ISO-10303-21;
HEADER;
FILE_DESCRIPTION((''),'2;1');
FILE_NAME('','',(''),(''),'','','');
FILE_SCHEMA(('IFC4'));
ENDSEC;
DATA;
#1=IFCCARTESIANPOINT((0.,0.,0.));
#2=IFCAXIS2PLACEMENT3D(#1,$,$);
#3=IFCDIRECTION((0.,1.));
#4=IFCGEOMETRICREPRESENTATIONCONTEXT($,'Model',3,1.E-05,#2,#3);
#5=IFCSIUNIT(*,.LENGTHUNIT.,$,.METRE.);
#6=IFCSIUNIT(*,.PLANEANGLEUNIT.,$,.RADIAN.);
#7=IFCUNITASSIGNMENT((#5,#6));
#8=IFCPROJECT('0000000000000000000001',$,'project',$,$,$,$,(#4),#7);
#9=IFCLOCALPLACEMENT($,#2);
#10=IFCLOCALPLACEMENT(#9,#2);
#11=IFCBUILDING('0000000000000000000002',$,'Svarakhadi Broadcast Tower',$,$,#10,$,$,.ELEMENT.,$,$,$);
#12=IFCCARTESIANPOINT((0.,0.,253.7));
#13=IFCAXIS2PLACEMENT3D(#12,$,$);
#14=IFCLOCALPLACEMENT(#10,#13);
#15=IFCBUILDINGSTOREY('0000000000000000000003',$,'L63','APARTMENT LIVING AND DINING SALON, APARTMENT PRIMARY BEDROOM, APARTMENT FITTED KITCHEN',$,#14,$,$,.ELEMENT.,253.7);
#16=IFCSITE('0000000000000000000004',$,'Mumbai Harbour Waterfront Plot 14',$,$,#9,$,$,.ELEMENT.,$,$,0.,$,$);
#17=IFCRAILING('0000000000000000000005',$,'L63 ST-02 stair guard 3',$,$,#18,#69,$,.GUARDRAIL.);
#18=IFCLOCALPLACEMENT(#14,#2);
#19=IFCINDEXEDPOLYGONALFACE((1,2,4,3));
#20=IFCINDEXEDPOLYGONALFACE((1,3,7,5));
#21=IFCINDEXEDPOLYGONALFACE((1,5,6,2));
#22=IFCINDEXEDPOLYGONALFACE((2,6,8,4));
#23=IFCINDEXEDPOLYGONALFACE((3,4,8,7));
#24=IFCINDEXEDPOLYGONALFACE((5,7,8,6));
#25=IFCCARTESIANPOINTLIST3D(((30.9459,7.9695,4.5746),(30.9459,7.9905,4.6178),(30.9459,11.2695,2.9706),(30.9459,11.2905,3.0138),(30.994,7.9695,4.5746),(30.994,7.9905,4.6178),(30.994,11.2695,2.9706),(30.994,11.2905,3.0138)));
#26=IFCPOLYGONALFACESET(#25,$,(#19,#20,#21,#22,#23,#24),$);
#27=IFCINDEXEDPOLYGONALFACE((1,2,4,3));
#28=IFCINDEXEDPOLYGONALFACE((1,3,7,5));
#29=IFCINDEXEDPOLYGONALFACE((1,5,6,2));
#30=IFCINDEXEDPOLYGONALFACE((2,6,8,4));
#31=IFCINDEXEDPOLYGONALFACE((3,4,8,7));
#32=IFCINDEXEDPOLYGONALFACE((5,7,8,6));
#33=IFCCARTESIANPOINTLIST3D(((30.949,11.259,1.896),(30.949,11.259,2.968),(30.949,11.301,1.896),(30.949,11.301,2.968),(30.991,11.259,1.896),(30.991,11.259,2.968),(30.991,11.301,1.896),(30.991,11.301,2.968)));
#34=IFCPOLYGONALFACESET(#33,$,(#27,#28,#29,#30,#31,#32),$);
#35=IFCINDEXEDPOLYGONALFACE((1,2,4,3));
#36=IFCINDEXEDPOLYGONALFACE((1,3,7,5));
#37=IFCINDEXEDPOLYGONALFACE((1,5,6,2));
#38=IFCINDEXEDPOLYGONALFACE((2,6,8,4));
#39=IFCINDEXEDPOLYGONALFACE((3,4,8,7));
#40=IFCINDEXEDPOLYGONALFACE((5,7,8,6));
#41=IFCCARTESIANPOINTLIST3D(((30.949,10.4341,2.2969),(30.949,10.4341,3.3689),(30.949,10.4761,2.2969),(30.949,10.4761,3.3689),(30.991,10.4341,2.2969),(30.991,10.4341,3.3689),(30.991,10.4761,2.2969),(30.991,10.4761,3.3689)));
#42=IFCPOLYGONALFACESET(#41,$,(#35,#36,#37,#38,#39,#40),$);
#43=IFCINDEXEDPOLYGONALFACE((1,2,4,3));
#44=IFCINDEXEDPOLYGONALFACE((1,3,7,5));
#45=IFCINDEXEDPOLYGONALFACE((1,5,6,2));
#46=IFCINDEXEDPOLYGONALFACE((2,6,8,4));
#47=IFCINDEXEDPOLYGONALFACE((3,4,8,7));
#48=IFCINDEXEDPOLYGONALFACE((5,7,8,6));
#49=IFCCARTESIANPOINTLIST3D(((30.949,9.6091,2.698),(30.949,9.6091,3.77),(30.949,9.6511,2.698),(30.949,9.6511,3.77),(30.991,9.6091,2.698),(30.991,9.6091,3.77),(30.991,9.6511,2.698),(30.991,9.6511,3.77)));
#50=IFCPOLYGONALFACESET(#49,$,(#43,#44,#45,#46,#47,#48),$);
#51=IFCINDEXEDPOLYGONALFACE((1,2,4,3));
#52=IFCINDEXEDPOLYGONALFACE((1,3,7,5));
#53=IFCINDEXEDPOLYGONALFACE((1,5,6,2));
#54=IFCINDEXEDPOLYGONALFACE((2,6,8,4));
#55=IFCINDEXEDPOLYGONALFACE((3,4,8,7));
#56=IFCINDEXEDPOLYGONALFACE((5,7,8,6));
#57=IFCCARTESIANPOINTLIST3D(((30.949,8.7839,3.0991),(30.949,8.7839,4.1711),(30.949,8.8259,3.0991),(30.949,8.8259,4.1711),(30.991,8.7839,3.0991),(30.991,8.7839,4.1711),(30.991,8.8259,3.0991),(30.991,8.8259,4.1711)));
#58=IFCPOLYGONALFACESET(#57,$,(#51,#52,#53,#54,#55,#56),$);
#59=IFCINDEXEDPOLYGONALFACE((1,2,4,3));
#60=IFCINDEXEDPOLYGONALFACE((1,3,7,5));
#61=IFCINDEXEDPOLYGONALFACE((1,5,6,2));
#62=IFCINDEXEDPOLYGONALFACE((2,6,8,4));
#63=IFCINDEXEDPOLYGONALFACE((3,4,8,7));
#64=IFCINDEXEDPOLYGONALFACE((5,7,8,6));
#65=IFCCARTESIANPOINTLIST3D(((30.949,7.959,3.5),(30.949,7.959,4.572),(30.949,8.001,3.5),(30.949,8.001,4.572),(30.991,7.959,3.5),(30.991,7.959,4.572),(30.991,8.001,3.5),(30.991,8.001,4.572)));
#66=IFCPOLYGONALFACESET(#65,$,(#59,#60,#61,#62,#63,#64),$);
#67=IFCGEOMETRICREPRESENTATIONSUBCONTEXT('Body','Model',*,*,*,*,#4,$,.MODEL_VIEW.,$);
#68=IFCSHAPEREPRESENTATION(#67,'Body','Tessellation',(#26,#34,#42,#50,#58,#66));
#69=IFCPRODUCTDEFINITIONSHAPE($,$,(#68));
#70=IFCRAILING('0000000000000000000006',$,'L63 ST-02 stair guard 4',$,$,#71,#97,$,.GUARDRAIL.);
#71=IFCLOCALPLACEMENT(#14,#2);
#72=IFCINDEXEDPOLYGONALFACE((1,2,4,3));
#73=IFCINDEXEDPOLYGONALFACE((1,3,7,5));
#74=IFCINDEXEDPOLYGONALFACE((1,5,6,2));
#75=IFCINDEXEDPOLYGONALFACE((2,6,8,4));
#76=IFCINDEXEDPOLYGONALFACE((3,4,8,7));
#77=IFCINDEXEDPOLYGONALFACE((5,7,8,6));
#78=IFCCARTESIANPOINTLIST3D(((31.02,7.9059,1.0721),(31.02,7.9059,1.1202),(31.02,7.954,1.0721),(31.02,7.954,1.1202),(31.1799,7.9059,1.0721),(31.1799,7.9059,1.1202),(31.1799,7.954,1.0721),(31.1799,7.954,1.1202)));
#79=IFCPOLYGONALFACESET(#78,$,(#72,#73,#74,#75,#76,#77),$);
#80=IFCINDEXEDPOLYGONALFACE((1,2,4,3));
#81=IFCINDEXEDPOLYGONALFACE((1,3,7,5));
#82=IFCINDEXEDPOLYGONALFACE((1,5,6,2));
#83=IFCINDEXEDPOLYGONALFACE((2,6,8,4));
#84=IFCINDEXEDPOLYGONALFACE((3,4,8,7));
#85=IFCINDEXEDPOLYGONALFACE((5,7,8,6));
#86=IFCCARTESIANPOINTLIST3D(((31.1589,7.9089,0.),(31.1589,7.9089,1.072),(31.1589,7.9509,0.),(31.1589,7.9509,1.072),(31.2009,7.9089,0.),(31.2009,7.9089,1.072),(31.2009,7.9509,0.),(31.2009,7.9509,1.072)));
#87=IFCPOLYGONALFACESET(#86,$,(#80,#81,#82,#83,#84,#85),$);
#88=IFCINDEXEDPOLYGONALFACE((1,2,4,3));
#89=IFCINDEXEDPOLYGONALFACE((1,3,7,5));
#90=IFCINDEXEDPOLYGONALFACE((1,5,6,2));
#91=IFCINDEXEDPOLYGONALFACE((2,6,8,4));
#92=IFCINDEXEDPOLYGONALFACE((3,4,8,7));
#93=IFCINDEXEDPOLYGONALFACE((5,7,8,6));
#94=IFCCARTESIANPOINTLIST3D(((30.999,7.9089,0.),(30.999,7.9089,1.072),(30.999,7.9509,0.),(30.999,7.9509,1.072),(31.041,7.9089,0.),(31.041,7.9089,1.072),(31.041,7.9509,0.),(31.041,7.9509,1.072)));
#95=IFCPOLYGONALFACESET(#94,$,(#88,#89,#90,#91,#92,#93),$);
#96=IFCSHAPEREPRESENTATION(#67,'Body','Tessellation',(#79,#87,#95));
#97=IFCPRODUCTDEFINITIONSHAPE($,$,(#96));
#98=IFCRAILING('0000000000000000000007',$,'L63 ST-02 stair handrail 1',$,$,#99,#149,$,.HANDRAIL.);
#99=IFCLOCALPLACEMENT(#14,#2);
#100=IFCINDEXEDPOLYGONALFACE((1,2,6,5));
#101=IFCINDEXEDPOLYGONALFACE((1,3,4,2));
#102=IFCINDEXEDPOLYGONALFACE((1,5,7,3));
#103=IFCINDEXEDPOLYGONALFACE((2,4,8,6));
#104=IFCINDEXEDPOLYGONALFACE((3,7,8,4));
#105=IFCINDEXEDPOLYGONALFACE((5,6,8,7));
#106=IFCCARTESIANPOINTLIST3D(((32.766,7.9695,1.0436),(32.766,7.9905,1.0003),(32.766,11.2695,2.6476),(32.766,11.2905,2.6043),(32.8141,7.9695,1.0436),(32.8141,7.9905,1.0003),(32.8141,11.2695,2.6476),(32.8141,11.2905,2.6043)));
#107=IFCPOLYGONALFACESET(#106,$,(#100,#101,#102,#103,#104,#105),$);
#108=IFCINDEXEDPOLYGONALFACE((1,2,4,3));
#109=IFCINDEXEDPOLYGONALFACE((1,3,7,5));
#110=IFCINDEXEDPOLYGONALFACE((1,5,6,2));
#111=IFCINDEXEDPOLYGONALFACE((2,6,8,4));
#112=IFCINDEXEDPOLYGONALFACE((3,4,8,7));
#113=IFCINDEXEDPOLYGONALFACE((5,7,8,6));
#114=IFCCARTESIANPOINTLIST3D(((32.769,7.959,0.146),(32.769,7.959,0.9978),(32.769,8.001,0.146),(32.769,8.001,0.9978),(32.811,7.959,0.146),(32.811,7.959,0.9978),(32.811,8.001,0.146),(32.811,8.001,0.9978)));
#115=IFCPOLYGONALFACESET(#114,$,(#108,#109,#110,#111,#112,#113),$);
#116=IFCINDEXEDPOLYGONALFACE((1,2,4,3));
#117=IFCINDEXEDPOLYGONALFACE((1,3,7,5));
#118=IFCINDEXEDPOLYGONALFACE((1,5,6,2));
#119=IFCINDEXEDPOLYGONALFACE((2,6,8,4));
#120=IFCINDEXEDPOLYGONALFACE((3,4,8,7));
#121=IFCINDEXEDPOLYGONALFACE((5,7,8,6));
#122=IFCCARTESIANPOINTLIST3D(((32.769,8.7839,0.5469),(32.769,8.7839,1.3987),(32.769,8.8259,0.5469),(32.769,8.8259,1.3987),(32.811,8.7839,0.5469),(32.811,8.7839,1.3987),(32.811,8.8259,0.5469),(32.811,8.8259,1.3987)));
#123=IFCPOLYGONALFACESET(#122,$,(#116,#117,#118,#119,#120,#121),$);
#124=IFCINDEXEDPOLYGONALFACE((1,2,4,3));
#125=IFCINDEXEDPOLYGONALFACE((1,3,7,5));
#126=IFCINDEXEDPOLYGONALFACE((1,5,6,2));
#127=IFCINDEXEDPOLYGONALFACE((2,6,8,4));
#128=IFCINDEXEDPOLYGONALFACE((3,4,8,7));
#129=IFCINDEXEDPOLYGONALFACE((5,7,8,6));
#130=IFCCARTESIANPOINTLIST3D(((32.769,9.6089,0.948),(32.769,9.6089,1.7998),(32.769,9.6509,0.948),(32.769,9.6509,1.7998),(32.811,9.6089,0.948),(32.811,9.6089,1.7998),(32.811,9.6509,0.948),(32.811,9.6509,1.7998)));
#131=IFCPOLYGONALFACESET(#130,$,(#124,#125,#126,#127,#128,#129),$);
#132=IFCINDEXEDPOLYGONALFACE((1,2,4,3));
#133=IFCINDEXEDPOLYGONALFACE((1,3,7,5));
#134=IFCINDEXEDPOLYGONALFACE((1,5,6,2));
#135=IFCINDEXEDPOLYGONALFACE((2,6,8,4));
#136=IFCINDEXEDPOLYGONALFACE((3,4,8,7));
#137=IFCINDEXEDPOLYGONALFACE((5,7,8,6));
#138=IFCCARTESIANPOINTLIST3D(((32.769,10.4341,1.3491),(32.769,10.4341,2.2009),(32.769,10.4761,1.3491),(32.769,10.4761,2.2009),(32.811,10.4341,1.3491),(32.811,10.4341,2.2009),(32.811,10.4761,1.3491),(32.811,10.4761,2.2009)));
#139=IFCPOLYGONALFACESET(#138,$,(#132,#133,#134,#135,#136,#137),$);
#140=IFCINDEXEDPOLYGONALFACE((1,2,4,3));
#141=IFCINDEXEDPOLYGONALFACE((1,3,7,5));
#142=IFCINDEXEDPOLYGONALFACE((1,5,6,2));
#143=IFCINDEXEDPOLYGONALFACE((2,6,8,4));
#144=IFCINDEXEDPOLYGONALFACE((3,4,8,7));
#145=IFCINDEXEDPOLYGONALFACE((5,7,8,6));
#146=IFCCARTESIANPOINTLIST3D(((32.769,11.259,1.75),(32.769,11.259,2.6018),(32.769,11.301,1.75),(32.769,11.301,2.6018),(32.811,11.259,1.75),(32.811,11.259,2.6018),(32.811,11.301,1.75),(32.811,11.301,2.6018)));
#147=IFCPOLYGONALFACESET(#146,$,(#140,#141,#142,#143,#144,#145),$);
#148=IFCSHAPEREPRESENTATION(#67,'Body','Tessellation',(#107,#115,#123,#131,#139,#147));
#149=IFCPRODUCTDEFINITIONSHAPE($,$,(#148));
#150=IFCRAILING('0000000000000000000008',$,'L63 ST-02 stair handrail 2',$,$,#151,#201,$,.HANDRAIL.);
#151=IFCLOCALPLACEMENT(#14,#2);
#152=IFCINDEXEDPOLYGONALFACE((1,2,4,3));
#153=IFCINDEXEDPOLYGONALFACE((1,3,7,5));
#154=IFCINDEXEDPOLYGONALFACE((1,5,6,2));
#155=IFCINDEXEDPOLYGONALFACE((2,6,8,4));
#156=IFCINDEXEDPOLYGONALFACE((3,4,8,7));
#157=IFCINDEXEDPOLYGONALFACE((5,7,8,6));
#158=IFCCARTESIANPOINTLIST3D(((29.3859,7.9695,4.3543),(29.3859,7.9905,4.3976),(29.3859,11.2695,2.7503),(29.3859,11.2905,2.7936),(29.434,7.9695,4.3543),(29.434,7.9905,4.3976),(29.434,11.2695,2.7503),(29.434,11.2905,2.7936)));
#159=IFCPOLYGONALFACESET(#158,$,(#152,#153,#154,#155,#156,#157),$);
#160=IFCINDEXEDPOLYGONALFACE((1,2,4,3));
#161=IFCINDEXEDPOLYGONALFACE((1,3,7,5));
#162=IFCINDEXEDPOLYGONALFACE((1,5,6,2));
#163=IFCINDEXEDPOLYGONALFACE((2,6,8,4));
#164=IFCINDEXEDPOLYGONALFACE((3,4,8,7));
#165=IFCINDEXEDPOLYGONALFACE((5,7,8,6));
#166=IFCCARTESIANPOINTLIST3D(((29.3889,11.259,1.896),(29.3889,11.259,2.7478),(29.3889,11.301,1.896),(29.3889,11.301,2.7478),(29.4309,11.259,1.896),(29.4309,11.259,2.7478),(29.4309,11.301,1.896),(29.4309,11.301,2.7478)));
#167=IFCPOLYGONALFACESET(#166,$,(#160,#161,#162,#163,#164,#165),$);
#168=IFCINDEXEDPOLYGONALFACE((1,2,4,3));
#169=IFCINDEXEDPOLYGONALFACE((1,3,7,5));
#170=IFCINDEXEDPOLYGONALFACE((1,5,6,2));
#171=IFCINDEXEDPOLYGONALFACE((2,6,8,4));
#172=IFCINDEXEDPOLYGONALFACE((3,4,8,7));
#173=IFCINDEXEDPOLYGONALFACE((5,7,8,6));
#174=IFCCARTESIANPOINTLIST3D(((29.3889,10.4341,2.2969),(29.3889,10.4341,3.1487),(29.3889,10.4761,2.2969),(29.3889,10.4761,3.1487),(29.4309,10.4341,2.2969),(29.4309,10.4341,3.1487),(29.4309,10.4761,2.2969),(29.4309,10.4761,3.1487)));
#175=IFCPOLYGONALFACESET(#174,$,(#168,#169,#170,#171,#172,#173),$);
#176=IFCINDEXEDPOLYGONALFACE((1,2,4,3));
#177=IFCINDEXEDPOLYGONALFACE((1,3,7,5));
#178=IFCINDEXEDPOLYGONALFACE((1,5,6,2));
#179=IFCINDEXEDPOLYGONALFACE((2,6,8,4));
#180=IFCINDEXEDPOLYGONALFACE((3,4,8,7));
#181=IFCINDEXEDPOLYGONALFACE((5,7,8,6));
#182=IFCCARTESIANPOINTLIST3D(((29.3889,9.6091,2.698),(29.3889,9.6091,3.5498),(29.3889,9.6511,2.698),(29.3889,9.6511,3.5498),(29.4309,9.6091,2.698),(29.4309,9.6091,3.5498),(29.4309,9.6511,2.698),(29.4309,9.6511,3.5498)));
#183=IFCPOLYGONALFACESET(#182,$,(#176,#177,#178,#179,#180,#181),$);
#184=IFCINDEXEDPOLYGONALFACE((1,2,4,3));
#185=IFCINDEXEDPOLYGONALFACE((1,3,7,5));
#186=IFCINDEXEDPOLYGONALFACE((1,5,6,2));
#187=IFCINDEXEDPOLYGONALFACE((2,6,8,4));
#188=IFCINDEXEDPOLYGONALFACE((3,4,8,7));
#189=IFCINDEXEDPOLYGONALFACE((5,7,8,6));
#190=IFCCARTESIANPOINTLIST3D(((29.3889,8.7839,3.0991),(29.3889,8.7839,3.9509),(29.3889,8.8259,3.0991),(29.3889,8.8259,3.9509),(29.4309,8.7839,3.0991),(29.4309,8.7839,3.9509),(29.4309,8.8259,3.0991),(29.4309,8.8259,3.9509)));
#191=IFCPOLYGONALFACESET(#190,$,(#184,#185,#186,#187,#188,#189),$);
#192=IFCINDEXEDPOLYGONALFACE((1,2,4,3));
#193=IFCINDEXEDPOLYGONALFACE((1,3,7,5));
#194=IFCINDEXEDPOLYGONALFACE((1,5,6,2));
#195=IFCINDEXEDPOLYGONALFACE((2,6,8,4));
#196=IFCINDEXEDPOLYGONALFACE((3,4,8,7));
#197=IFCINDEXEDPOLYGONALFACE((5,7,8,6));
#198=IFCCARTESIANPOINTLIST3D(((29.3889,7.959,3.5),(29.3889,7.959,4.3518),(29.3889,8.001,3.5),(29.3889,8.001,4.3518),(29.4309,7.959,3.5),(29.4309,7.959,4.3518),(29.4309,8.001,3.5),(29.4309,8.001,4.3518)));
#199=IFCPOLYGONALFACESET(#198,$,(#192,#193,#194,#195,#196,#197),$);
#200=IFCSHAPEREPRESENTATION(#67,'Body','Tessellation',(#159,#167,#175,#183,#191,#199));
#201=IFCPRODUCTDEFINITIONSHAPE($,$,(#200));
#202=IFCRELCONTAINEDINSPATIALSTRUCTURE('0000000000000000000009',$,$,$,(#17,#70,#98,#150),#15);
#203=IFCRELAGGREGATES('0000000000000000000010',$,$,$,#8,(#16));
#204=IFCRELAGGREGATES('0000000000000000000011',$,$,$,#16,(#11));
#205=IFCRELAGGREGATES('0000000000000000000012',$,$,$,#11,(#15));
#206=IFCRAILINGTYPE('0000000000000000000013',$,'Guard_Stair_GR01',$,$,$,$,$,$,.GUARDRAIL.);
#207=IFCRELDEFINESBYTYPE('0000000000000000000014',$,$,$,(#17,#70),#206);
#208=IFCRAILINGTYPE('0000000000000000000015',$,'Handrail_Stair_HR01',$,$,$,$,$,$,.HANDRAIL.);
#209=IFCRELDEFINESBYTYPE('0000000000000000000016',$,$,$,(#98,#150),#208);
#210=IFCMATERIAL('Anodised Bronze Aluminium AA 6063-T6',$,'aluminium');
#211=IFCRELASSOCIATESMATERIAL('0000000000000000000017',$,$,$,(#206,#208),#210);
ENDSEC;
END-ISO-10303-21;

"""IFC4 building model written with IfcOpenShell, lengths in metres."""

from ifc_helpers import new_model, si_unit, direction, frame, origin, origin_2d, place, context, subcontext, project, spatial, rectangle, extrude, material, type_object, element, save


model = new_model("IFC4")

# Units and contexts
model_context = context("Model", 3, precision=1e-05, world=origin(), true_north=direction((0.0, 1.0)))
body_context = subcontext(model_context, "Body", "Model", "MODEL_VIEW")
ifc_project = project(units=[si_unit("LENGTHUNIT", "METRE"), si_unit("PLANEANGLEUNIT", "RADIAN")], contexts=[model_context])

# Site, building, storey
site_placement = place(None, origin())
site = spatial("IfcSite", under=ifc_project, at=site_placement, Name="Mumbai Harbour Waterfront Plot 14", CompositionType="ELEMENT", RefElevation=0.0)
building_placement = place(site_placement, origin())
building = spatial("IfcBuilding", under=site, at=building_placement, Name="Svarakhadi Broadcast Tower", CompositionType="ELEMENT")
storey_placement = place(building_placement, frame((0.0, 0.0, 253.7)))
storey = spatial("IfcBuildingStorey", under=building, at=storey_placement, Name="L63", Description="APARTMENT LIVING AND DINING SALON, APARTMENT PRIMARY BEDROOM, APARTMENT FITTED KITCHEN", CompositionType="ELEMENT", Elevation=253.7)

# Shared definitions
ifc_material_1 = material(Name="Anodised Bronze Aluminium AA 6063-T6", Category="aluminium")

# Railings
railing_type_1 = type_object("IfcRailingType", Name="Guard_Stair_GR01", PredefinedType="GUARDRAIL", material=ifc_material_1)
railing_1_placement = place(storey_placement, frame((30.97, 11.28, 1.896)))
element("IfcRailing", 1, at=railing_1_placement, inside=storey, type_object=railing_type_1, Name="L63 ST-02 stair guard 3", PredefinedType="GUARDRAIL", context=body_context, shape_type="SweptSolid", body=[
    extrude(rectangle(XDim=0.0481, YDim=0.0481, at=origin_2d()), frame((0.0, 0.0, 1.0962), z_axis=(0.0, -0.899388, 0.437152), x_axis=(1.0, 0.0, 0.0)), (0.0, 0.0, 1.0), 3.6692),
    extrude(rectangle(XDim=0.042, YDim=0.042, at=origin_2d()), origin(), (0.0, 0.0, 1.0), 1.072),
    extrude(rectangle(XDim=0.042, YDim=0.042, at=origin_2d()), frame((0.0, -0.825, 0.4009)), (0.0, 0.0, 1.0), 1.072),
    extrude(rectangle(XDim=0.042, YDim=0.042, at=origin_2d()), frame((0.0, -1.6499, 0.802)), (0.0, 0.0, 1.0), 1.072),
    extrude(rectangle(XDim=0.042, YDim=0.042, at=origin_2d()), frame((0.0, -2.4751, 1.2031)), (0.0, 0.0, 1.0), 1.072),
    extrude(rectangle(XDim=0.042, YDim=0.042, at=origin_2d()), frame((0.0, -3.3, 1.604)), (0.0, 0.0, 1.0), 1.072),
])
railing_2_placement = place(storey_placement, frame((31.1799, 7.9299, 0.0)))
element("IfcRailing", 2, at=railing_2_placement, inside=storey, type_object=railing_type_1, Name="L63 ST-02 stair guard 4", PredefinedType="GUARDRAIL", context=body_context, shape_type="SweptSolid", body=[
    extrude(rectangle(XDim=0.0481, YDim=0.0481, at=origin_2d()), frame((0.0, 0.0, 1.0962), z_axis=(-1.0, 0.0, 0.0), x_axis=(0.0, -1.0, 0.0)), (0.0, 0.0, 1.0), 0.1599),
    extrude(rectangle(XDim=0.042, YDim=0.042, at=origin_2d()), origin(), (0.0, 0.0, 1.0), 1.072),
    extrude(rectangle(XDim=0.042, YDim=0.042, at=origin_2d()), frame((-0.1599, 0.0, 0.0)), (0.0, 0.0, 1.0), 1.072),
])
railing_type_2 = type_object("IfcRailingType", Name="Handrail_Stair_HR01", PredefinedType="HANDRAIL", material=ifc_material_1)
railing_3_placement = place(storey_placement, frame((32.79, 7.98, 0.146)))
element("IfcRailing", 3, at=railing_3_placement, inside=storey, type_object=railing_type_2, Name="L63 ST-02 stair handrail 1", PredefinedType="HANDRAIL", context=body_context, shape_type="SweptSolid", body=[
    extrude(rectangle(XDim=0.0481, YDim=0.0481, at=origin_2d()), frame((0.0, 0.0, 0.876), z_axis=(0.0, 0.899388, 0.437152), x_axis=(-1.0, 0.0, 0.0)), (0.0, 0.0, 1.0), 3.6692),
    extrude(rectangle(XDim=0.042, YDim=0.042, at=origin_2d()), origin(), (0.0, 0.0, 1.0), 0.8518),
    extrude(rectangle(XDim=0.042, YDim=0.042, at=origin_2d()), frame((0.0, 0.825, 0.4009)), (0.0, 0.0, 1.0), 0.8518),
    extrude(rectangle(XDim=0.042, YDim=0.042, at=origin_2d()), frame((0.0, 1.6499, 0.802)), (0.0, 0.0, 1.0), 0.8518),
    extrude(rectangle(XDim=0.042, YDim=0.042, at=origin_2d()), frame((0.0, 2.4751, 1.2031)), (0.0, 0.0, 1.0), 0.8518),
    extrude(rectangle(XDim=0.042, YDim=0.042, at=origin_2d()), frame((0.0, 3.3, 1.604)), (0.0, 0.0, 1.0), 0.8518),
])
railing_4_placement = place(storey_placement, frame((29.4099, 11.28, 1.896)))
element("IfcRailing", 4, at=railing_4_placement, inside=storey, type_object=railing_type_2, Name="L63 ST-02 stair handrail 2", PredefinedType="HANDRAIL", context=body_context, shape_type="SweptSolid", body=[
    extrude(rectangle(XDim=0.0481, YDim=0.0481, at=origin_2d()), frame((0.0, 0.0, 0.876), z_axis=(0.0, -0.899388, 0.437152), x_axis=(1.0, 0.0, 0.0)), (0.0, 0.0, 1.0), 3.6692),
    extrude(rectangle(XDim=0.042, YDim=0.042, at=origin_2d()), origin(), (0.0, 0.0, 1.0), 0.8518),
    extrude(rectangle(XDim=0.042, YDim=0.042, at=origin_2d()), frame((0.0, -0.825, 0.4009)), (0.0, 0.0, 1.0), 0.8518),
    extrude(rectangle(XDim=0.042, YDim=0.042, at=origin_2d()), frame((0.0, -1.6499, 0.802)), (0.0, 0.0, 1.0), 0.8518),
    extrude(rectangle(XDim=0.042, YDim=0.042, at=origin_2d()), frame((0.0, -2.4751, 1.2031)), (0.0, 0.0, 1.0), 0.8518),
    extrude(rectangle(XDim=0.042, YDim=0.042, at=origin_2d()), frame((0.0, -3.3, 1.604)), (0.0, 0.0, 1.0), 0.8518),
])

save(model, "model.ifc")
